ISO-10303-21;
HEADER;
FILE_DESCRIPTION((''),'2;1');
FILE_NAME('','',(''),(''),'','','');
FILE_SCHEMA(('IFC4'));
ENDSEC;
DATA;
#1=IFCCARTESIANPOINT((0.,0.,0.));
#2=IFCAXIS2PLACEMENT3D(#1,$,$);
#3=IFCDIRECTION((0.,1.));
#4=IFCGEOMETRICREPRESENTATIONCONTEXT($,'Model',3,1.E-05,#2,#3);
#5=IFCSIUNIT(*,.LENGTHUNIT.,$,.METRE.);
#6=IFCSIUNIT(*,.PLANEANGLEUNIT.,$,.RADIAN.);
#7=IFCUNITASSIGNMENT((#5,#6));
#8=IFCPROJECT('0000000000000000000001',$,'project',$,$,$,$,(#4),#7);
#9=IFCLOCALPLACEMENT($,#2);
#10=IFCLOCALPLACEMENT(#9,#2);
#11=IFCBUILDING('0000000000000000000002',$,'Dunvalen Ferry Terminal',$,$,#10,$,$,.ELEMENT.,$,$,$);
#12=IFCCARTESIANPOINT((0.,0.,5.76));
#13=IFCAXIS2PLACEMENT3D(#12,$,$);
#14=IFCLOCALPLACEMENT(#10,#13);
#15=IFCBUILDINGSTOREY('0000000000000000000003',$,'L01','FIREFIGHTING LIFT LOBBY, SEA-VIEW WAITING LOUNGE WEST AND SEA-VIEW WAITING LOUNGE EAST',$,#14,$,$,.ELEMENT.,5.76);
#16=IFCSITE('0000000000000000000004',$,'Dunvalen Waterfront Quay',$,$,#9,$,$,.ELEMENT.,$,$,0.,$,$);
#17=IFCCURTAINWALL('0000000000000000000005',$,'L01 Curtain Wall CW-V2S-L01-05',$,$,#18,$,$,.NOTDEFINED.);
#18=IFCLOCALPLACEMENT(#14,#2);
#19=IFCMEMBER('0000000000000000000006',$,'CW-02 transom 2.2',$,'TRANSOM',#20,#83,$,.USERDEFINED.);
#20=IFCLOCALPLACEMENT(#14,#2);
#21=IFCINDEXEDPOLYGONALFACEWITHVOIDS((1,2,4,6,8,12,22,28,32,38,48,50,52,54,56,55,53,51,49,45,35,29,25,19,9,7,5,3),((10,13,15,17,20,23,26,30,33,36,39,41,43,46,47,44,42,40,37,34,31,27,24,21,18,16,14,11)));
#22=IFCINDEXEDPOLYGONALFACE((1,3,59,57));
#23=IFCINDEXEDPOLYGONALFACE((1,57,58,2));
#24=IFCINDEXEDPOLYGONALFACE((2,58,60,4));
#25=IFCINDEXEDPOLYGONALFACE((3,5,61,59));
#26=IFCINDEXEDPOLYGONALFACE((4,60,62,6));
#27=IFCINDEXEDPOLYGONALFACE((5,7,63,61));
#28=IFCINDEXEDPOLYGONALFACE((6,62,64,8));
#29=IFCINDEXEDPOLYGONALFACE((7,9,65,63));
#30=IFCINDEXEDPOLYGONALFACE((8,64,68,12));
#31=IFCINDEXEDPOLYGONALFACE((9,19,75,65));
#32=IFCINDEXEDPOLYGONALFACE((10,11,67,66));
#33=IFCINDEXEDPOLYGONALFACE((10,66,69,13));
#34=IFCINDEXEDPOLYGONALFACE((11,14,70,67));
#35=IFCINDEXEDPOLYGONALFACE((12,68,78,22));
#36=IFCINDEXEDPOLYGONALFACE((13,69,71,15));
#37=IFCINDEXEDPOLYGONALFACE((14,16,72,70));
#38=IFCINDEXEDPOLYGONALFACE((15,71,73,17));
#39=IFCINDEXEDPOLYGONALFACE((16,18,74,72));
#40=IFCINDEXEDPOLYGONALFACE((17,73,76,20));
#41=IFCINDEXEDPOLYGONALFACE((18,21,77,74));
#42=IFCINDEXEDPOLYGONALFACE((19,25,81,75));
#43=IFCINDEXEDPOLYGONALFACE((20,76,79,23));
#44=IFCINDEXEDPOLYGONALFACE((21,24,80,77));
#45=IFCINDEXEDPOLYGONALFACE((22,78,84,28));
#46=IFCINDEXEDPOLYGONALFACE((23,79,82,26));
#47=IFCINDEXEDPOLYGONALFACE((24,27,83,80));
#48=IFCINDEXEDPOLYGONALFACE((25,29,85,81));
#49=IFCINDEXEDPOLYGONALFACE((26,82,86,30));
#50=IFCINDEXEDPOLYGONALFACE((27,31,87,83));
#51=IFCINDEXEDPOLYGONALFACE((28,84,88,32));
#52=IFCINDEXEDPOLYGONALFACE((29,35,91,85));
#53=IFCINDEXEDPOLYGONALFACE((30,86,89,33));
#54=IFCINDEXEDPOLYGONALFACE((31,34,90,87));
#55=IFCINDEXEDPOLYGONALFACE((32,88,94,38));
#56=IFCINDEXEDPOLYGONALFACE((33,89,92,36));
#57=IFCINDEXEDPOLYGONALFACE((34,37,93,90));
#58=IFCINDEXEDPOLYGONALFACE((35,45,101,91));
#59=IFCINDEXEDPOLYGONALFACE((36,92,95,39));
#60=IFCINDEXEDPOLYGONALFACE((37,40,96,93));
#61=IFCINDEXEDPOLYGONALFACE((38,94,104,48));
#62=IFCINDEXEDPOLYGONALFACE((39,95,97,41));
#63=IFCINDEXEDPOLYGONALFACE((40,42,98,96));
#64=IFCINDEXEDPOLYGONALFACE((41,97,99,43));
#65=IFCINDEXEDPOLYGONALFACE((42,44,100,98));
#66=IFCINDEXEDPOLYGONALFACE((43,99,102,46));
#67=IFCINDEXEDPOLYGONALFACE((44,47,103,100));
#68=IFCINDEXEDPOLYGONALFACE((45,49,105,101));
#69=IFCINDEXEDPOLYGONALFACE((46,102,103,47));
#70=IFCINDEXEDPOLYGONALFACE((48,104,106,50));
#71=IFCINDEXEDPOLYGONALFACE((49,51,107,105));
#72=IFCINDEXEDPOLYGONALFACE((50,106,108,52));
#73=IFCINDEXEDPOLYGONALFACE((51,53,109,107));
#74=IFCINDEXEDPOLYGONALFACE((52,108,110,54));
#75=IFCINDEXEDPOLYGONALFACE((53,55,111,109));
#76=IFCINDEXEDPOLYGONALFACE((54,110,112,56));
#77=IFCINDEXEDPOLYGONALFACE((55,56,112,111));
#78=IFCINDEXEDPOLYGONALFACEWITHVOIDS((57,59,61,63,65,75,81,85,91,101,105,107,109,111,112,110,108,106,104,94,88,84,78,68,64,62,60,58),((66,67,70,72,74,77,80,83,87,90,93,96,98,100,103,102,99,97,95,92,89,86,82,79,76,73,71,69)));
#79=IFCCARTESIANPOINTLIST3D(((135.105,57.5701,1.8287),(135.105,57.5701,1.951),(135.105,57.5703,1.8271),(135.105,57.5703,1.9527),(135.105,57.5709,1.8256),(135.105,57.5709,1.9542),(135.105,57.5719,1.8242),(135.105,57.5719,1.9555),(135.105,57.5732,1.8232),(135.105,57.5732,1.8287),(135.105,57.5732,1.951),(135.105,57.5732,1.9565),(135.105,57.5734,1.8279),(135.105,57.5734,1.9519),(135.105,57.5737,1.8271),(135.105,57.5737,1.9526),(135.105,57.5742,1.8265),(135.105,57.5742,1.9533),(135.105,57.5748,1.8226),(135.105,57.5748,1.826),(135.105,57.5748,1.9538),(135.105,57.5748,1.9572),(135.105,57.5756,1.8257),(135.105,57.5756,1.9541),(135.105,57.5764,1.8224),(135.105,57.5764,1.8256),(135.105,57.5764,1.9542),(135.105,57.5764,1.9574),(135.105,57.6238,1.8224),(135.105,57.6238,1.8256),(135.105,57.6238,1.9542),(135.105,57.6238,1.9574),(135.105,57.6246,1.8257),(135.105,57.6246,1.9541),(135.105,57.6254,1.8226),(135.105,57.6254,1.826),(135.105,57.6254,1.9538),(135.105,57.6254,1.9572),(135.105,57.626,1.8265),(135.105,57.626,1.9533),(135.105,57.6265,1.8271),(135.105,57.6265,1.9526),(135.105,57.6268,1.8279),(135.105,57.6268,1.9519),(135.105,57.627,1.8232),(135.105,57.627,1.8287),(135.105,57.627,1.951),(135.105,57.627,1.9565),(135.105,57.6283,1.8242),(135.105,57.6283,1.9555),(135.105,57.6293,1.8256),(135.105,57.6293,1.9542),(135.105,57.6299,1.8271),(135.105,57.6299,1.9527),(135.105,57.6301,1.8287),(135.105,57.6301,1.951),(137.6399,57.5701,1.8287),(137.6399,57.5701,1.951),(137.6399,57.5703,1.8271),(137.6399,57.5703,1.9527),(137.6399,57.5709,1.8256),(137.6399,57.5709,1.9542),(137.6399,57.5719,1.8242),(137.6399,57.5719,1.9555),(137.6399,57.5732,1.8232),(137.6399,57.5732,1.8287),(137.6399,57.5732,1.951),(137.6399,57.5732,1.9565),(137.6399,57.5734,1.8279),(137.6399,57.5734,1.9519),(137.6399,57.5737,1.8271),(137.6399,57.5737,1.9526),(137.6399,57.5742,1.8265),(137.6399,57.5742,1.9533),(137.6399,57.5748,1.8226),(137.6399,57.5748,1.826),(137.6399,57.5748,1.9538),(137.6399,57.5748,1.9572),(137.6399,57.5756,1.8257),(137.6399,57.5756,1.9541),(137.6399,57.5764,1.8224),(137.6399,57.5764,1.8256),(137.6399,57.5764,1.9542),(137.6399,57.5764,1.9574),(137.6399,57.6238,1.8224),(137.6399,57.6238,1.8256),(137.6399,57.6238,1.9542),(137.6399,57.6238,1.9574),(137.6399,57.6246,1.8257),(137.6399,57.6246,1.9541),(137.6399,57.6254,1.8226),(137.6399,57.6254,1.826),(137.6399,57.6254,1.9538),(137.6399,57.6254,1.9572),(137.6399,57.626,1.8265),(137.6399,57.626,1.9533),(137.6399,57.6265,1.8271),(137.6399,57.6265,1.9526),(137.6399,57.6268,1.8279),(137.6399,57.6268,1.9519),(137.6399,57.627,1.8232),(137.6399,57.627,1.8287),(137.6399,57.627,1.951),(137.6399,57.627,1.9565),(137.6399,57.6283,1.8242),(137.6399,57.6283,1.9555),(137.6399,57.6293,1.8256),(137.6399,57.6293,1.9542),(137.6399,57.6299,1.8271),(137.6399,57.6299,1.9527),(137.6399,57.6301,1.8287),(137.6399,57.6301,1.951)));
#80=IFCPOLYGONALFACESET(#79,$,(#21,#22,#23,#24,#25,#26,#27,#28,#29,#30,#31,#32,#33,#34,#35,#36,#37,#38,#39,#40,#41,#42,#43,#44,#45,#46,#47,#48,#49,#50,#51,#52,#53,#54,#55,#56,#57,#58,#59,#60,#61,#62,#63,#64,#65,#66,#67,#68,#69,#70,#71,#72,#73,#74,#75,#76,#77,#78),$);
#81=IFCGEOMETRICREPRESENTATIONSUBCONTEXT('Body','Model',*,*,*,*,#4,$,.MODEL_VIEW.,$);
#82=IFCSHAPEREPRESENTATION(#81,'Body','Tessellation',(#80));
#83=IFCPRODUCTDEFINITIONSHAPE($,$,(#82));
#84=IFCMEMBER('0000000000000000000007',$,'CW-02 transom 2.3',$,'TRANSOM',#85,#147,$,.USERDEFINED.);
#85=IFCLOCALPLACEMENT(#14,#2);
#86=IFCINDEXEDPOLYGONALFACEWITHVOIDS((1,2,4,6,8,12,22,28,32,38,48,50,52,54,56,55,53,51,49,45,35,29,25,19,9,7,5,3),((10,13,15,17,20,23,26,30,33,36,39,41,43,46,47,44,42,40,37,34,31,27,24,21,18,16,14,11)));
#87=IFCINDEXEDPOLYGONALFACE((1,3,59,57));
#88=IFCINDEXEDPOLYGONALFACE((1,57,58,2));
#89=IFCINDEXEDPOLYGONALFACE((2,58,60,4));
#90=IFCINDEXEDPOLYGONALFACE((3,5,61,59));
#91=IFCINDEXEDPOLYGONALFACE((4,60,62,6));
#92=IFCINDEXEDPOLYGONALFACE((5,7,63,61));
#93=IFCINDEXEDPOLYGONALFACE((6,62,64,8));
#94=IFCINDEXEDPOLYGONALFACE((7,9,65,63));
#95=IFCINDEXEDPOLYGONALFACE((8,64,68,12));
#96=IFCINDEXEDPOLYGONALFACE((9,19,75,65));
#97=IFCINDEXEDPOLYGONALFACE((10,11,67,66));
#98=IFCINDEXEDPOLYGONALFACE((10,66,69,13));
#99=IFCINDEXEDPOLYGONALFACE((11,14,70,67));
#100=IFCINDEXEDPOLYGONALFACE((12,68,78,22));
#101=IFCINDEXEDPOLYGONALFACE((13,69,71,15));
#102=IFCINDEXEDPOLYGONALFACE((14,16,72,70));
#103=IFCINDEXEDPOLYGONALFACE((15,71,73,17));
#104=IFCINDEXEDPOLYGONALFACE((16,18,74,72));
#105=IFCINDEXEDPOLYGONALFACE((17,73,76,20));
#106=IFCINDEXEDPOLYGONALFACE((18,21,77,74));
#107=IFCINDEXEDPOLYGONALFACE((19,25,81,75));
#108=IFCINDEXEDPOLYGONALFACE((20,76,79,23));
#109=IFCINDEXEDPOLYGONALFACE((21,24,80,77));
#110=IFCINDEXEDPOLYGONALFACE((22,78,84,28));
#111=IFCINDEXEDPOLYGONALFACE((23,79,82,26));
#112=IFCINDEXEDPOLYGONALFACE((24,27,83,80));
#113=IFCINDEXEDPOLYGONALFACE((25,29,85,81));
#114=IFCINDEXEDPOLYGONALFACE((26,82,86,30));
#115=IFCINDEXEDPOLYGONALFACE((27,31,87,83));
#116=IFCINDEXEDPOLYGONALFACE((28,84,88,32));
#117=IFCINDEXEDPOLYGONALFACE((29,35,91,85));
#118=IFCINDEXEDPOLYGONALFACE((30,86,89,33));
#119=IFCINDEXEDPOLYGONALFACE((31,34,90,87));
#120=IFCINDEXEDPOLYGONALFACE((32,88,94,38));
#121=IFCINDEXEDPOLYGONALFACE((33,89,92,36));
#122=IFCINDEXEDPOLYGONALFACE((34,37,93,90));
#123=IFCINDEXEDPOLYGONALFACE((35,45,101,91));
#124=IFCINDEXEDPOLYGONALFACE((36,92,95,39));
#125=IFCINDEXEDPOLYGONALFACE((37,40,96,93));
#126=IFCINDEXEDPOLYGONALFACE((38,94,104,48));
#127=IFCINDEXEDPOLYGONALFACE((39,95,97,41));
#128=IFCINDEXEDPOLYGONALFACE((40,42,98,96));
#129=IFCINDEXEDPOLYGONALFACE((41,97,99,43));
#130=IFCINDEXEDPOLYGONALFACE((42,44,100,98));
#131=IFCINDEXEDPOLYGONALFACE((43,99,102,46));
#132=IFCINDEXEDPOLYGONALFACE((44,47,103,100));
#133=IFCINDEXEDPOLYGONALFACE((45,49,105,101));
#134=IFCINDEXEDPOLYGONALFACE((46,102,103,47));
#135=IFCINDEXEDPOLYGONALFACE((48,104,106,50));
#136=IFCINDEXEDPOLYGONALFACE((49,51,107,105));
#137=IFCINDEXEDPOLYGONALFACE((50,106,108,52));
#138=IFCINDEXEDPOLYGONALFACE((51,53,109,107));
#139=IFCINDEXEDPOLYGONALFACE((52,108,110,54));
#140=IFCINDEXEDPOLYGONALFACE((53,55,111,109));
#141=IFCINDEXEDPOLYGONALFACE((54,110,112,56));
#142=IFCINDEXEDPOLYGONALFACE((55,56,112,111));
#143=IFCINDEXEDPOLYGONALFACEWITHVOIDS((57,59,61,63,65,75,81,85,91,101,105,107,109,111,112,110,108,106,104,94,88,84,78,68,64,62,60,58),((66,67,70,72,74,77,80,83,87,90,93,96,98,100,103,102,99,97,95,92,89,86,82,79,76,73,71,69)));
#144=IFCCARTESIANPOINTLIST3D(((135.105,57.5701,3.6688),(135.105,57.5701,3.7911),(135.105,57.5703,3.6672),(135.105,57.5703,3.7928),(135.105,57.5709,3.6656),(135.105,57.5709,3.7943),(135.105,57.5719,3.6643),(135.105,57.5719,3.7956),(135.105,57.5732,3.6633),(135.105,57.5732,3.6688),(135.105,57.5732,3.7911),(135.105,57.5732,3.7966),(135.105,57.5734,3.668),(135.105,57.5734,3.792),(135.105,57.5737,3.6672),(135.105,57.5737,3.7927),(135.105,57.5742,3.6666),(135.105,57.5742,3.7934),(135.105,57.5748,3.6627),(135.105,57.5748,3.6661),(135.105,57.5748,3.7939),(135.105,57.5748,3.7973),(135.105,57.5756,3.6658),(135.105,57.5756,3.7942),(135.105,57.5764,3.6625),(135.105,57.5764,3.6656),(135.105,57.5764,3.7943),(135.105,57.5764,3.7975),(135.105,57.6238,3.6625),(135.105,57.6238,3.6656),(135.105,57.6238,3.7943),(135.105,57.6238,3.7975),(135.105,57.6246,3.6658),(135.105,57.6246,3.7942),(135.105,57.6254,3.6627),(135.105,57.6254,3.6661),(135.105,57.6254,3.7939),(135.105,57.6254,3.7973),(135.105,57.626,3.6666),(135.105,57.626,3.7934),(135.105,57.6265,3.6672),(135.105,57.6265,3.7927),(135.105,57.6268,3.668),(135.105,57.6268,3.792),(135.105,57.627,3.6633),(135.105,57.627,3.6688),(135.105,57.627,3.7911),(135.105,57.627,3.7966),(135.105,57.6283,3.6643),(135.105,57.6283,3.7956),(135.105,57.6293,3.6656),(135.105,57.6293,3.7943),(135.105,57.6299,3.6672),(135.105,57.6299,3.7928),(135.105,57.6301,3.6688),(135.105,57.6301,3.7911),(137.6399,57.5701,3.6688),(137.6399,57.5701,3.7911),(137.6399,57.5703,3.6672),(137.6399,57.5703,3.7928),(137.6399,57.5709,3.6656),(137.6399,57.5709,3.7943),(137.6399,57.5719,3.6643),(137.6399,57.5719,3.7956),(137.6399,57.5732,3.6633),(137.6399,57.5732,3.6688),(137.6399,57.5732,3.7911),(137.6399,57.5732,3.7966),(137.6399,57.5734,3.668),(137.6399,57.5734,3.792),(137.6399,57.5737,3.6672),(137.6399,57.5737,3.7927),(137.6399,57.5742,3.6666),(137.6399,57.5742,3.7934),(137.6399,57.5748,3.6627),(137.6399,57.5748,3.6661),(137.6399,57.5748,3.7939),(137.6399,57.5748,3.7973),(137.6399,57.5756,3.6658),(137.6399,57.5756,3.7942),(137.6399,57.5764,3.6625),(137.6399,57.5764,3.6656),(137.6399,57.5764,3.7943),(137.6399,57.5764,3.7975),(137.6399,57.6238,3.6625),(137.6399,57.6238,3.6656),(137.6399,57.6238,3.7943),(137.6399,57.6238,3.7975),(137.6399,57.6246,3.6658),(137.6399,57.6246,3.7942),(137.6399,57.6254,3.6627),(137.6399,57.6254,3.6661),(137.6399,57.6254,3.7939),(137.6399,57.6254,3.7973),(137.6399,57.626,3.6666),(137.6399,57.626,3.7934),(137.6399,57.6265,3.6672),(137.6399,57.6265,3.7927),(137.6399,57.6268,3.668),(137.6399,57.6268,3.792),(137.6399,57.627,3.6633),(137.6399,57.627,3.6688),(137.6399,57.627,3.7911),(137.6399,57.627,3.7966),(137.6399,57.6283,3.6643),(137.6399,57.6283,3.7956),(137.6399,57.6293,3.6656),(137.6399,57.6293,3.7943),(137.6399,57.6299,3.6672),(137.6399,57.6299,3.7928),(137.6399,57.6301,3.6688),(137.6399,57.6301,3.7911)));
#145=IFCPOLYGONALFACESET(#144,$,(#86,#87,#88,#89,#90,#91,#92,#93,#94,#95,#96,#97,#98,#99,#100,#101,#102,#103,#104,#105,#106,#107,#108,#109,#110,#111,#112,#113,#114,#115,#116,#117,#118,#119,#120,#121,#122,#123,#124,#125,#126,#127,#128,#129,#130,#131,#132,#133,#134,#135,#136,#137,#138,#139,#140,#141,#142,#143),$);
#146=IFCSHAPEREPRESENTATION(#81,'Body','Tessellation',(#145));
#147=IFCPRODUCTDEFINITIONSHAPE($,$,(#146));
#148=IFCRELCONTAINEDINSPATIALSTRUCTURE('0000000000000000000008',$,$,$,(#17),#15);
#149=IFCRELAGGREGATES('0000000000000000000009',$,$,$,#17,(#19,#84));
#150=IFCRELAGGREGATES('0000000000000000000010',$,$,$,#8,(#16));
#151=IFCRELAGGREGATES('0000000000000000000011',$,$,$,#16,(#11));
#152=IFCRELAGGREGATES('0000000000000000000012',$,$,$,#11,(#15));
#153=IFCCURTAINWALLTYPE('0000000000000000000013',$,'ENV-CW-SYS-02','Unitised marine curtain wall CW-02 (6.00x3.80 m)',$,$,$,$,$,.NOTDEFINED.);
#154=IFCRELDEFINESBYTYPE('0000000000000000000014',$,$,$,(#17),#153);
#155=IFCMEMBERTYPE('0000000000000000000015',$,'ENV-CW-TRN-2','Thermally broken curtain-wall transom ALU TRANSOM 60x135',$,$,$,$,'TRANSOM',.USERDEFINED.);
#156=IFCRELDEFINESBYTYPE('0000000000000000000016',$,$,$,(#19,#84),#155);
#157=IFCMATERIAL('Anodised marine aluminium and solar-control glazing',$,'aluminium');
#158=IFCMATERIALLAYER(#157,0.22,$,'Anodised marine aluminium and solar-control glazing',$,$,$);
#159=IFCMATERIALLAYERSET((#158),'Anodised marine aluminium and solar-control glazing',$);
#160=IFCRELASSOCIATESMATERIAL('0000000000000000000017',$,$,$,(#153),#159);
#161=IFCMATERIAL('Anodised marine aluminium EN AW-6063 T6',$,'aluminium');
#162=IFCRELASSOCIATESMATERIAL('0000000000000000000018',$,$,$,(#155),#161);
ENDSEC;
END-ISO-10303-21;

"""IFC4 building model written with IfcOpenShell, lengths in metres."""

from ifc_helpers import new_model, si_unit, direction, frame, origin, origin_2d, place, context, subcontext, project, spatial, hollow_rectangle, extrude, material, layer, layer_set, material_profile, profile_set, type_object, element, aggregate, save


model = new_model("IFC4")

# Units and contexts
model_context = context("Model", 3, precision=1e-05, world=origin(), true_north=direction((0.0, 1.0)))
body_context = subcontext(model_context, "Body", "Model", "MODEL_VIEW")
ifc_project = project(units=[si_unit("LENGTHUNIT", "METRE"), si_unit("PLANEANGLEUNIT", "RADIAN")], contexts=[model_context])

# Site, building, storey
site_placement = place(None, origin())
site = spatial("IfcSite", under=ifc_project, at=site_placement, Name="Dunvalen Waterfront Quay", CompositionType="ELEMENT", RefElevation=0.0)
building_placement = place(site_placement, origin())
building = spatial("IfcBuilding", under=site, at=building_placement, Name="Dunvalen Ferry Terminal", CompositionType="ELEMENT")
storey_placement = place(building_placement, frame((0.0, 0.0, 5.76)))
storey = spatial("IfcBuildingStorey", under=building, at=storey_placement, Name="L01", Description="FIREFIGHTING LIFT LOBBY, SEA-VIEW WAITING LOUNGE WEST AND SEA-VIEW WAITING LOUNGE EAST", CompositionType="ELEMENT", Elevation=5.76)

# Curtain wall
ifc_material_1 = material(Name="Anodised marine aluminium and solar-control glazing", Category="aluminium")
ifc_layer_1 = layer(ifc_material_1, 0.22, Name="Anodised marine aluminium and solar-control glazing")
ifc_layer_set_1 = layer_set([ifc_layer_1], Name="Anodised marine aluminium and solar-control glazing")
curtain_wall_type = type_object("IfcCurtainWallType", Name="ENV-CW-SYS-02", Description="Unitised marine curtain wall CW-02 (6.00x3.80 m)", PredefinedType="NOTDEFINED", material=ifc_layer_set_1)
curtain_wall_1_placement = place(storey_placement, origin())
curtain_wall_1 = element("IfcCurtainWall", 1, at=curtain_wall_1_placement, inside=storey, type_object=curtain_wall_type, Name="L01 Curtain Wall CW-V2S-L01-05", PredefinedType="NOTDEFINED")
ifc_material_2 = material(Name="Anodised marine aluminium EN AW-6063 T6", Category="aluminium")

# Members
ifc_material_profile_1 = material_profile(ifc_material_2, hollow_rectangle(XDim=0.0601, YDim=0.135, WallThickness=0.0032, InnerFilletRadius=0.0032, OuterFilletRadius=0.0063, at=origin_2d()), Name="Anodised marine aluminium EN AW-6063 T6")
ifc_profile_set_1 = profile_set([ifc_material_profile_1], Name="Anodised marine aluminium EN AW-6063 T6")
member_type_1 = type_object("IfcMemberType", Name="ENV-CW-TRN-2", Description="Thermally broken curtain-wall transom ALU TRANSOM 60x135", ElementType="TRANSOM", PredefinedType="USERDEFINED", material=ifc_profile_set_1)
member_1_placement = place(storey_placement, frame((135.105, 57.6001, 1.8899), z_axis=(1.0, 0.0, 0.0), x_axis=(0.0, 1.0, 0.0)))
member_1 = element("IfcMember", 2, at=member_1_placement, type_object=member_type_1, Name="CW-02 transom 2.2", ObjectType="TRANSOM", PredefinedType="USERDEFINED", context=body_context, shape_type="SweptSolid", body=[
    extrude(hollow_rectangle(XDim=0.0601, YDim=0.135, WallThickness=0.0032, InnerFilletRadius=0.0032, OuterFilletRadius=0.0063, at=origin_2d()), origin(), (0.0, 0.0, 1.0), 2.5349),
])
member_2_placement = place(storey_placement, frame((135.105, 57.6001, 3.73), z_axis=(1.0, 0.0, 0.0), x_axis=(0.0, 1.0, 0.0)))
member_2 = element("IfcMember", 3, at=member_2_placement, type_object=member_type_1, Name="CW-02 transom 2.3", ObjectType="TRANSOM", PredefinedType="USERDEFINED", context=body_context, shape_type="SweptSolid", body=[
    extrude(hollow_rectangle(XDim=0.0601, YDim=0.135, WallThickness=0.0032, InnerFilletRadius=0.0032, OuterFilletRadius=0.0063, at=origin_2d()), origin(), (0.0, 0.0, 1.0), 2.5349),
])

aggregate(curtain_wall_1, [member_1, member_2])

save(model, "model.ifc")
